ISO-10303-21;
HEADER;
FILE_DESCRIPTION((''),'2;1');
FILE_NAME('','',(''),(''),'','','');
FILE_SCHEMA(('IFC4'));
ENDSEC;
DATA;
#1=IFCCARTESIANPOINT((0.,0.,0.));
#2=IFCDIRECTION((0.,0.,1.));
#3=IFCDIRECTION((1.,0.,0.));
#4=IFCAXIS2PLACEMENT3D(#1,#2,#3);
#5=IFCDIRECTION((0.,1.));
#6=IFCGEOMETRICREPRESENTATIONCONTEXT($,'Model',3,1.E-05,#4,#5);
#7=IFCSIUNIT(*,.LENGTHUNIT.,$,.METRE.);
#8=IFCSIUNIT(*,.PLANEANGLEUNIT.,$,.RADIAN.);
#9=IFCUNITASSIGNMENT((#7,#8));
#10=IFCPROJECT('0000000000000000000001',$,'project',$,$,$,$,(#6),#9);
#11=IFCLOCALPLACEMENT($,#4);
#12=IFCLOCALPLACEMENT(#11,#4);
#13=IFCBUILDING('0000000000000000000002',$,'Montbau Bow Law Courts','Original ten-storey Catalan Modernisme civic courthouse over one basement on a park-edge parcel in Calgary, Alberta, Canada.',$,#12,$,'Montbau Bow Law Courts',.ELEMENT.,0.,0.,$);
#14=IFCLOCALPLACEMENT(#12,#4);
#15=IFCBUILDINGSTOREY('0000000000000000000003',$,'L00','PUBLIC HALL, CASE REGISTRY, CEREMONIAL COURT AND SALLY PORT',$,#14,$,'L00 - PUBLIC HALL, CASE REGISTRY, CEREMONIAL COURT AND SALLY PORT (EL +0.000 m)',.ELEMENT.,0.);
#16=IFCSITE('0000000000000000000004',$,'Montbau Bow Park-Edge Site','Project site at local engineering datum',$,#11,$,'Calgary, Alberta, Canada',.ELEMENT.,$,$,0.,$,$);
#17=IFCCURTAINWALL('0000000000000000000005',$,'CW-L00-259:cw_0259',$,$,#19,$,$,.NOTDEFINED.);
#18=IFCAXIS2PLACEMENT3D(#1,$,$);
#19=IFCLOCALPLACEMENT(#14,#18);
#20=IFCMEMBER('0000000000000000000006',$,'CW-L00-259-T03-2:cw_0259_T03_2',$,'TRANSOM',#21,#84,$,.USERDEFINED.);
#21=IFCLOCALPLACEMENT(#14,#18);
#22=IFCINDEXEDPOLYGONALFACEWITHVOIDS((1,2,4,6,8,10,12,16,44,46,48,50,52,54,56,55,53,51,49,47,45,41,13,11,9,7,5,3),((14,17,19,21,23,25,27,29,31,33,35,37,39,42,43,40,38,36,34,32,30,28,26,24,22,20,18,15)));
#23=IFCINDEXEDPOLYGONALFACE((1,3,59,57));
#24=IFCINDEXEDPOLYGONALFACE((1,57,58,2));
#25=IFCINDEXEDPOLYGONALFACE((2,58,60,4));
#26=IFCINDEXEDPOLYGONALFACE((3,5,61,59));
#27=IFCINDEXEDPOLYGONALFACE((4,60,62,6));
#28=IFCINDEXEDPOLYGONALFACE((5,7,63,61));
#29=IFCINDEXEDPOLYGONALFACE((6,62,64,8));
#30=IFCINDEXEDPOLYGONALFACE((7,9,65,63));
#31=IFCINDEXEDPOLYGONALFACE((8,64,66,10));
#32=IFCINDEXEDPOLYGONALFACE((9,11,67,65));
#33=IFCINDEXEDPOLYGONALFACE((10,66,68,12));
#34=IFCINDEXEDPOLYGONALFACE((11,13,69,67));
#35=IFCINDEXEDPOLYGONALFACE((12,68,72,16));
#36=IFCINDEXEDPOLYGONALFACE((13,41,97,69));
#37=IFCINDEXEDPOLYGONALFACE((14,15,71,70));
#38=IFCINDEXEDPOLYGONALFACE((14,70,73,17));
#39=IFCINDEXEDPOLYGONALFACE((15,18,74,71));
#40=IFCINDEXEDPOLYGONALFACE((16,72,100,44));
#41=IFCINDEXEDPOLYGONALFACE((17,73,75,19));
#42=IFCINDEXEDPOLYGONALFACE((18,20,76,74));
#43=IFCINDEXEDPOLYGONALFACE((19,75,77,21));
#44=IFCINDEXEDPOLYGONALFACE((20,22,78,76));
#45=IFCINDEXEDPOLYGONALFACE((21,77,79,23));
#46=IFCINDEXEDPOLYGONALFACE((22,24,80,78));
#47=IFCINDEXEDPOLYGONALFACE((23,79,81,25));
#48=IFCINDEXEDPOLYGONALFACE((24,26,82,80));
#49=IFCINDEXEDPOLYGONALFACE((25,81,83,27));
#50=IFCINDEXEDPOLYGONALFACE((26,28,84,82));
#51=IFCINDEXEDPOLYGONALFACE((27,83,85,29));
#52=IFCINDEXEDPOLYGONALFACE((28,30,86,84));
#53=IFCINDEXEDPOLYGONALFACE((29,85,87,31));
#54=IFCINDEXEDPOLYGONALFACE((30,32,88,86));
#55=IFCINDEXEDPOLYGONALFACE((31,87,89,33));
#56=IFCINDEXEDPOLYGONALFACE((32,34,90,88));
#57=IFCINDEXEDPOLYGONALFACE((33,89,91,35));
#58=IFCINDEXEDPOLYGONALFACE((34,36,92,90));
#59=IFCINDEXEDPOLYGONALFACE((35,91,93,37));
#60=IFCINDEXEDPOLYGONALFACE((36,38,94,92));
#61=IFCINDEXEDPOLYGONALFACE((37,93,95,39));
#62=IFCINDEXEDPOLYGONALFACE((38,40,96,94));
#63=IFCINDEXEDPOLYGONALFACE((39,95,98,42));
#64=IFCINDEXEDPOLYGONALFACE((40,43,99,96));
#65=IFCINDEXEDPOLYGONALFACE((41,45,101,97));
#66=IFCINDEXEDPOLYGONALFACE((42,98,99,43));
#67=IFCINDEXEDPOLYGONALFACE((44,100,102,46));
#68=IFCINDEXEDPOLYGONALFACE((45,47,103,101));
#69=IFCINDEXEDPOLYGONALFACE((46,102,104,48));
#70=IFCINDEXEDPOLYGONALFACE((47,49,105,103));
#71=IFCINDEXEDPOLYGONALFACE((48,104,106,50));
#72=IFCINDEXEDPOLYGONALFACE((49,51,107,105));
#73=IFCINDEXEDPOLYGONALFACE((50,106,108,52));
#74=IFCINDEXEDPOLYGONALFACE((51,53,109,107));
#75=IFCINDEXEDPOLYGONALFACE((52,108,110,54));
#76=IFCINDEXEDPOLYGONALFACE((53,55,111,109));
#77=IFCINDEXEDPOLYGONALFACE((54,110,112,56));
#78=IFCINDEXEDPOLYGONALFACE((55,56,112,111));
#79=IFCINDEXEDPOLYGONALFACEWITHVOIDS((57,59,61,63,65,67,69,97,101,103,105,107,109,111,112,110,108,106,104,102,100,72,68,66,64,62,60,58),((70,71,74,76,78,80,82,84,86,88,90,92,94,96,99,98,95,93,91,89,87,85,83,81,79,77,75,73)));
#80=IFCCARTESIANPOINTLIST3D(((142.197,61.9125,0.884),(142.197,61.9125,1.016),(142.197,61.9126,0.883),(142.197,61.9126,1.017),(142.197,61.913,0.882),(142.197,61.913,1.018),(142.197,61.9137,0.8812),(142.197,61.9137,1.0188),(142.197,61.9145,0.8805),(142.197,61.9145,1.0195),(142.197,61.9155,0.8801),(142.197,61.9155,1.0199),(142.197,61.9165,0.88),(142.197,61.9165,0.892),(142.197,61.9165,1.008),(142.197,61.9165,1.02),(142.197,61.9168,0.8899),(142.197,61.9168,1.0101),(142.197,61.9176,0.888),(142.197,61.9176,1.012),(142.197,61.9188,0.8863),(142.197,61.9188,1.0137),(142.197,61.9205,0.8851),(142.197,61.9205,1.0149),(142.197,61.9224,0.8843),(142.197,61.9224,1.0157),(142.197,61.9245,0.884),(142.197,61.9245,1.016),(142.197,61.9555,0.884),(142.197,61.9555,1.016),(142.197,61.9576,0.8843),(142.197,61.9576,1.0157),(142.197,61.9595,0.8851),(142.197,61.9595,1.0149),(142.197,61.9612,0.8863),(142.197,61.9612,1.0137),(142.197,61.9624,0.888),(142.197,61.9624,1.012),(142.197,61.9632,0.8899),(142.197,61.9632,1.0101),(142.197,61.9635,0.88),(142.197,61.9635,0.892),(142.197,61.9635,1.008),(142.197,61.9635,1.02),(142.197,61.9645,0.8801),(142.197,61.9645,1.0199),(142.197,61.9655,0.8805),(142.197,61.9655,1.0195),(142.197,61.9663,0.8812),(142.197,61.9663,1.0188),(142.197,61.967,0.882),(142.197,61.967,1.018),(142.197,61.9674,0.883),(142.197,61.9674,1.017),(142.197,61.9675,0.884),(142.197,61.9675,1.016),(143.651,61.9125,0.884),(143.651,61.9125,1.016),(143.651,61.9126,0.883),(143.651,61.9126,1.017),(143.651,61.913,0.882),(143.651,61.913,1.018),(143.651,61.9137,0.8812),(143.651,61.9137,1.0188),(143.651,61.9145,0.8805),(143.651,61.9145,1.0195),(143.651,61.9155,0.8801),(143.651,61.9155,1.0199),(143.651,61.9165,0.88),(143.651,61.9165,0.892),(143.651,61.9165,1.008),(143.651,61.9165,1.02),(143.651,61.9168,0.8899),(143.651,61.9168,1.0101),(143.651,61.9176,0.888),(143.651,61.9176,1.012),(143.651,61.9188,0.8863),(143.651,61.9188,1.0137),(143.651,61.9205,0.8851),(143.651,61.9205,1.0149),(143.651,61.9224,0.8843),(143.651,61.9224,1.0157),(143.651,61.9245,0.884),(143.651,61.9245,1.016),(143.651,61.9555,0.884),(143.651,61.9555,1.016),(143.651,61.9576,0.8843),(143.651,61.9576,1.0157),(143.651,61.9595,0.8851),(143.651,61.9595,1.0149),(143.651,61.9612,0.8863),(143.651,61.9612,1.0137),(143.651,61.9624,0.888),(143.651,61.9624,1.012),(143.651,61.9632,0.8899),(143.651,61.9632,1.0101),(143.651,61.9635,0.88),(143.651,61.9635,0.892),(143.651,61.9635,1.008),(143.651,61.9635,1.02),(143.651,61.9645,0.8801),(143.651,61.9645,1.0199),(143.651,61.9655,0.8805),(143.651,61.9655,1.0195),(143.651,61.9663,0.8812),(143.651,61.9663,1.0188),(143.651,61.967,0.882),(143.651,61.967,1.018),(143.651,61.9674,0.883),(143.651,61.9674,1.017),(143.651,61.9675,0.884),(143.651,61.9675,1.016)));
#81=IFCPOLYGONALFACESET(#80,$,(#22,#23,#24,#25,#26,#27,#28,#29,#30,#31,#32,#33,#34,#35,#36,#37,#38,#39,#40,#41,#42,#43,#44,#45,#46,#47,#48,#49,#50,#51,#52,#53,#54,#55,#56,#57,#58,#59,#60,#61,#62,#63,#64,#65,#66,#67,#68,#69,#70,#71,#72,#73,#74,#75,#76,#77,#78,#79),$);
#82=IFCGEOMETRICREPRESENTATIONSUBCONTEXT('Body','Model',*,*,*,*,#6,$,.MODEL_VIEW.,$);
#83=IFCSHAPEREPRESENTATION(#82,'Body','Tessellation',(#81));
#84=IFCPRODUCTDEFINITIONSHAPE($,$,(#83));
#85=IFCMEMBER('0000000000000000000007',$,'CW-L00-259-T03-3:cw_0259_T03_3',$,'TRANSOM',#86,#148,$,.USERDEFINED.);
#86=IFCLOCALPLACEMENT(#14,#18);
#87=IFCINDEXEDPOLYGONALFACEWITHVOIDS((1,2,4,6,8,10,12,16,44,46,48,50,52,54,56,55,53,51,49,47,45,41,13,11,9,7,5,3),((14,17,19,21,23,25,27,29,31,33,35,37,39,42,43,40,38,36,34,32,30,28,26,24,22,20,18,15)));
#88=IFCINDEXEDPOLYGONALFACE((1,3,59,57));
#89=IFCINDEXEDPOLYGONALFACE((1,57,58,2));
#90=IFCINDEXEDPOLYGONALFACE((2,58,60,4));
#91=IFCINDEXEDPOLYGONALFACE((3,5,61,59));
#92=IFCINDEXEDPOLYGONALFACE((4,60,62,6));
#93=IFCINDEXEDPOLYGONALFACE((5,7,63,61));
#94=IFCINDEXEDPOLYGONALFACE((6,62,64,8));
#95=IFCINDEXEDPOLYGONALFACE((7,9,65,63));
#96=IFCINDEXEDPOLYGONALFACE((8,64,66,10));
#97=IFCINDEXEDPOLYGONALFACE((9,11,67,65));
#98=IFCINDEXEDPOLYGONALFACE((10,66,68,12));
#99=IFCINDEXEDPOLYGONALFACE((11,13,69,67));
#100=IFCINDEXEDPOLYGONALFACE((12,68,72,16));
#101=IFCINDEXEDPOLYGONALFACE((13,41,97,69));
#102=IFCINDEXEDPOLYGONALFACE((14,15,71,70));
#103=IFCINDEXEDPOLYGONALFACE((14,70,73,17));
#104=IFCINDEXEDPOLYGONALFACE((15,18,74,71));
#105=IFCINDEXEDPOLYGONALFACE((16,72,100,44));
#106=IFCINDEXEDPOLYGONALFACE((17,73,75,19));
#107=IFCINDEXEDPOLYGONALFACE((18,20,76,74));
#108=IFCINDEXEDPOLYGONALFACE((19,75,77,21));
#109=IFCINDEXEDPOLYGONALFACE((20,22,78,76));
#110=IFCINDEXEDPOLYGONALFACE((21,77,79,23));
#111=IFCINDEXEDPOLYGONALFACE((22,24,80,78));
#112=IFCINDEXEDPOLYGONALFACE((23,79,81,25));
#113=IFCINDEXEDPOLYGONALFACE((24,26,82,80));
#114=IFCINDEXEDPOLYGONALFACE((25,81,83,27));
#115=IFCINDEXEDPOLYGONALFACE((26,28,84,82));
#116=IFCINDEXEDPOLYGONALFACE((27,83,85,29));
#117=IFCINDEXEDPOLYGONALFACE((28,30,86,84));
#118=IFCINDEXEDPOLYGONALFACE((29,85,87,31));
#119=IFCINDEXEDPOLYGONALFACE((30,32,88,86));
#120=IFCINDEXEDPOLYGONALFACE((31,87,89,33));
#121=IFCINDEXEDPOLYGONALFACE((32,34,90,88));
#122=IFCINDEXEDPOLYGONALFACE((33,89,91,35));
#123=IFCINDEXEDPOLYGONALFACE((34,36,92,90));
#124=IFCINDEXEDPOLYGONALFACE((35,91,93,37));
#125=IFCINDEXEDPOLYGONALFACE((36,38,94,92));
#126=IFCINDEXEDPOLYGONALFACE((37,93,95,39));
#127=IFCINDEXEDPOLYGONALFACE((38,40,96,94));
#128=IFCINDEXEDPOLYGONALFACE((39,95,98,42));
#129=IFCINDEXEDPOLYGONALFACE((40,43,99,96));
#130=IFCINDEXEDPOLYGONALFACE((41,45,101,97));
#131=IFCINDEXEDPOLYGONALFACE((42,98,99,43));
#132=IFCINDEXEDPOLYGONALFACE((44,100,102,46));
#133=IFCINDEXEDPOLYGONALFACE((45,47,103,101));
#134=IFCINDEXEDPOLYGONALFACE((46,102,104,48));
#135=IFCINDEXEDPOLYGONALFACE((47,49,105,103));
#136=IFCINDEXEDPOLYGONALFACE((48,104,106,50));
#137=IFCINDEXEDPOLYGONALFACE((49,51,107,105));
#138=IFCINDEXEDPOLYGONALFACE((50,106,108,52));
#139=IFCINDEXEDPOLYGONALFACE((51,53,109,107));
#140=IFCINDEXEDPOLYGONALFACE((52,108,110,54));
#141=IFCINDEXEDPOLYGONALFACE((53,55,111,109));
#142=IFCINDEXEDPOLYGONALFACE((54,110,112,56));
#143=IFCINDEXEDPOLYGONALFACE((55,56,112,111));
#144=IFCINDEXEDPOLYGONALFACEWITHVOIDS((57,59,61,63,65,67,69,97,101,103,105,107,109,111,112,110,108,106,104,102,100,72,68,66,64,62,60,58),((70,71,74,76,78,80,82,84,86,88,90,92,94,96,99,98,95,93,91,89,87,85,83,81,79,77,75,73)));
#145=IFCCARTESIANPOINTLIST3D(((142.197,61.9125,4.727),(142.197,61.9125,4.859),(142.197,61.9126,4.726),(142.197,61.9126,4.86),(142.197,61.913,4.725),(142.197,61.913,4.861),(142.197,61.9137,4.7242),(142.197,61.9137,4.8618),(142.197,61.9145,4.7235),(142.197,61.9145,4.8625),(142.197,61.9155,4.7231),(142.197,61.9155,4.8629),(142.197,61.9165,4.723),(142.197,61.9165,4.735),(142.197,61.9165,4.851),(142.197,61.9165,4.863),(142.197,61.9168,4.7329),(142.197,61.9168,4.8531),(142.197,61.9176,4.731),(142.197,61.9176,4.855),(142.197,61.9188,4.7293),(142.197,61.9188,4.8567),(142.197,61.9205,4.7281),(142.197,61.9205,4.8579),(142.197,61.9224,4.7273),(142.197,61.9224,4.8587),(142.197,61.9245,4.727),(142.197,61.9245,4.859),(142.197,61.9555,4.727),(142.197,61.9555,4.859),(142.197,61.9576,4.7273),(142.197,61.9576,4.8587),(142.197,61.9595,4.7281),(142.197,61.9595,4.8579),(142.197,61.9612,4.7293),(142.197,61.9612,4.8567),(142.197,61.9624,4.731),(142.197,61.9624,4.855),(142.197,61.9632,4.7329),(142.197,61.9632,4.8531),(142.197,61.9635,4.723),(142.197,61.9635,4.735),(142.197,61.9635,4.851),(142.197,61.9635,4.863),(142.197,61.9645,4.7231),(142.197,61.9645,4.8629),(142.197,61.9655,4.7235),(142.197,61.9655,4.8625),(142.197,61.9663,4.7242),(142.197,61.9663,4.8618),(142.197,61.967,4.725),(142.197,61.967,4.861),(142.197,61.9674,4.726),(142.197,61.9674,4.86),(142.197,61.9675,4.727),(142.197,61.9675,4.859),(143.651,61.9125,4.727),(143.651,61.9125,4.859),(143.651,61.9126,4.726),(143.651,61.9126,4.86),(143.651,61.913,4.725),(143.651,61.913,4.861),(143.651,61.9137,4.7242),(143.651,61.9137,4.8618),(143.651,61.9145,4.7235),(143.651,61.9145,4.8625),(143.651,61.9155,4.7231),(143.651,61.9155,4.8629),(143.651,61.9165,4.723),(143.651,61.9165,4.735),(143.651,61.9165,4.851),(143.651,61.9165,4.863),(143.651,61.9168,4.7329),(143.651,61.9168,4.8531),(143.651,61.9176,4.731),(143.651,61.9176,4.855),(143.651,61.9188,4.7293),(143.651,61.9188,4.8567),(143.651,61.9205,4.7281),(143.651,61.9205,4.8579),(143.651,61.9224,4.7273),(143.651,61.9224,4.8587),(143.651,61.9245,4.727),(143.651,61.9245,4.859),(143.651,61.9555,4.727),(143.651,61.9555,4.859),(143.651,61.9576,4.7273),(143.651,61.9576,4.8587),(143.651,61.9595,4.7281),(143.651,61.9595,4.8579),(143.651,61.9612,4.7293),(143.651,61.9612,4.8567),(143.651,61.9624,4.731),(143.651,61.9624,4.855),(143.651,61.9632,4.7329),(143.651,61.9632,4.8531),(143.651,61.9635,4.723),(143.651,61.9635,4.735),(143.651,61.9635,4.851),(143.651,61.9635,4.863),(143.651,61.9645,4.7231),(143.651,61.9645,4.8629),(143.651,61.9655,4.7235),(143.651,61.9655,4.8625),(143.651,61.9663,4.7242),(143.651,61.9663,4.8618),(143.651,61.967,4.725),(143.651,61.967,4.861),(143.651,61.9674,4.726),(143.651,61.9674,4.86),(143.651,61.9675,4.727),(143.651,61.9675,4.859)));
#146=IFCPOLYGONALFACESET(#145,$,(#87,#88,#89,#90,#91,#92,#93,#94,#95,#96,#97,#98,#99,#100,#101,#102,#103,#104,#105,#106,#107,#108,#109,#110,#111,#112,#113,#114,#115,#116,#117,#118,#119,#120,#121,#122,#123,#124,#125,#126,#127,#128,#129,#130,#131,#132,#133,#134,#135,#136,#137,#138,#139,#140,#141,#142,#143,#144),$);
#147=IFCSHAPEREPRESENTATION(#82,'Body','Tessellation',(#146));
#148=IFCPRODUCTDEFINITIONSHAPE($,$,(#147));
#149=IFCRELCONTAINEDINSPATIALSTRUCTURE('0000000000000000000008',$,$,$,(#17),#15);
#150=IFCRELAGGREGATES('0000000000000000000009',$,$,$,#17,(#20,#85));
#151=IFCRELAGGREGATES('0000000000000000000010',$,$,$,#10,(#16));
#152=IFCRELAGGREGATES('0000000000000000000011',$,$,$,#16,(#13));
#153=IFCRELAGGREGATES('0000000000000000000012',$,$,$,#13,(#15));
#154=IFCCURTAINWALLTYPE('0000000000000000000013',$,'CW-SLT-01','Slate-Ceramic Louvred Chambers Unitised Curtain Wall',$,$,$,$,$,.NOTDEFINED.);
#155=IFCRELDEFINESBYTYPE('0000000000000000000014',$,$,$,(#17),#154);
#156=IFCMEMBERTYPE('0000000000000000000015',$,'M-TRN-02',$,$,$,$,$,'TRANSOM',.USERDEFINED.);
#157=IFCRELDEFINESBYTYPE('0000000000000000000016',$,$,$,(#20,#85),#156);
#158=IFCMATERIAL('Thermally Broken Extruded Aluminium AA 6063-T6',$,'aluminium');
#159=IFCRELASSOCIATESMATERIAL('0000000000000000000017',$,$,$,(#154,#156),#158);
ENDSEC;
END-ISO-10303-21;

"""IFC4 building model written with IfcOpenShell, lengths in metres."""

from ifc_helpers import new_model, si_unit, direction, frame, origin_with_axes, origin_2d_with_axis, place, context, subcontext, project, spatial, hollow_rectangle, extrude, material, material_profile, profile_set, type_object, element, aggregate, save


model = new_model("IFC4")

# Units and contexts
model_context = context("Model", 3, precision=1e-05, world=origin_with_axes(), true_north=direction((0.0, 1.0)))
body_context = subcontext(model_context, "Body", "Model", "MODEL_VIEW")
ifc_project = project(units=[si_unit("LENGTHUNIT", "METRE"), si_unit("PLANEANGLEUNIT", "RADIAN")], contexts=[model_context])

# Site, building, storey
site_placement = place(None, origin_with_axes())
site = spatial("IfcSite", under=ifc_project, at=site_placement, Name="Montbau Bow Park-Edge Site", Description="Project site at local engineering datum", LongName="Calgary, Alberta, Canada", CompositionType="ELEMENT", RefElevation=0.0)
building_placement = place(site_placement, origin_with_axes())
building = spatial("IfcBuilding", under=site, at=building_placement, Name="Montbau Bow Law Courts", Description="Original ten-storey Catalan Modernisme civic courthouse over one basement on a park-edge parcel in Calgary, Alberta, Canada.", LongName="Montbau Bow Law Courts", CompositionType="ELEMENT", ElevationOfRefHeight=0.0, ElevationOfTerrain=0.0)
storey_placement = place(building_placement, origin_with_axes())
storey = spatial("IfcBuildingStorey", under=building, at=storey_placement, Name="L00", Description="PUBLIC HALL, CASE REGISTRY, CEREMONIAL COURT AND SALLY PORT", LongName="L00 - PUBLIC HALL, CASE REGISTRY, CEREMONIAL COURT AND SALLY PORT (EL +0.000 m)", CompositionType="ELEMENT", Elevation=0.0)

# Curtain wall, members
ifc_material_1 = material(Name="Thermally Broken Extruded Aluminium AA 6063-T6", Category="aluminium")
curtain_wall_type = type_object("IfcCurtainWallType", Name="CW-SLT-01", Description="Slate-Ceramic Louvred Chambers Unitised Curtain Wall", PredefinedType="NOTDEFINED", material=ifc_material_1)
curtain_wall_placement = place(None, frame((139.115, 61.94, 0.0), z_axis=(0.0, 0.0, 1.0), x_axis=(1.0, 0.0, 0.0)))
curtain_wall = element("IfcCurtainWall", 1, at=curtain_wall_placement, inside=storey, type_object=curtain_wall_type, Name="CW-L00-259:cw_0259", PredefinedType="NOTDEFINED")
ifc_material_profile_1 = material_profile(ifc_material_1, hollow_rectangle(XDim=0.055, YDim=0.14, WallThickness=0.004, InnerFilletRadius=0.008, OuterFilletRadius=0.004, at=origin_2d_with_axis()), Name="CWT-140X55", Category="Main", Priority=0)
ifc_profile_set_1 = profile_set([ifc_material_profile_1], Name="Thermally Broken Extruded Aluminium AA 6063-T6")
member_type_1 = type_object("IfcMemberType", Name="M-TRN-02", ElementType="TRANSOM", PredefinedType="USERDEFINED", material=ifc_profile_set_1)
member_1_placement = place(None, frame((142.197, 61.94, 0.95), z_axis=(1.0, 0.0, 0.0), x_axis=(0.0, 1.0, 0.0)))
member_1 = element("IfcMember", 2, at=member_1_placement, type_object=member_type_1, Name="CW-L00-259-T03-2:cw_0259_T03_2", ObjectType="TRANSOM", PredefinedType="USERDEFINED", context=body_context, shape_type="SweptSolid", body=[
    extrude(hollow_rectangle(XDim=0.055, YDim=0.14, WallThickness=0.004, InnerFilletRadius=0.008, OuterFilletRadius=0.004, at=origin_2d_with_axis()), origin_with_axes(), (0.0, 0.0, 1.0), 1.454),
])
member_2_placement = place(None, frame((142.197, 61.94, 4.793), z_axis=(1.0, 0.0, 0.0), x_axis=(0.0, 1.0, 0.0)))
member_2 = element("IfcMember", 3, at=member_2_placement, type_object=member_type_1, Name="CW-L00-259-T03-3:cw_0259_T03_3", ObjectType="TRANSOM", PredefinedType="USERDEFINED", context=body_context, shape_type="SweptSolid", body=[
    extrude(hollow_rectangle(XDim=0.055, YDim=0.14, WallThickness=0.004, InnerFilletRadius=0.008, OuterFilletRadius=0.004, at=origin_2d_with_axis()), origin_with_axes(), (0.0, 0.0, 1.0), 1.454),
])
aggregate(curtain_wall, [member_1, member_2])

save(model, "model.ifc")
